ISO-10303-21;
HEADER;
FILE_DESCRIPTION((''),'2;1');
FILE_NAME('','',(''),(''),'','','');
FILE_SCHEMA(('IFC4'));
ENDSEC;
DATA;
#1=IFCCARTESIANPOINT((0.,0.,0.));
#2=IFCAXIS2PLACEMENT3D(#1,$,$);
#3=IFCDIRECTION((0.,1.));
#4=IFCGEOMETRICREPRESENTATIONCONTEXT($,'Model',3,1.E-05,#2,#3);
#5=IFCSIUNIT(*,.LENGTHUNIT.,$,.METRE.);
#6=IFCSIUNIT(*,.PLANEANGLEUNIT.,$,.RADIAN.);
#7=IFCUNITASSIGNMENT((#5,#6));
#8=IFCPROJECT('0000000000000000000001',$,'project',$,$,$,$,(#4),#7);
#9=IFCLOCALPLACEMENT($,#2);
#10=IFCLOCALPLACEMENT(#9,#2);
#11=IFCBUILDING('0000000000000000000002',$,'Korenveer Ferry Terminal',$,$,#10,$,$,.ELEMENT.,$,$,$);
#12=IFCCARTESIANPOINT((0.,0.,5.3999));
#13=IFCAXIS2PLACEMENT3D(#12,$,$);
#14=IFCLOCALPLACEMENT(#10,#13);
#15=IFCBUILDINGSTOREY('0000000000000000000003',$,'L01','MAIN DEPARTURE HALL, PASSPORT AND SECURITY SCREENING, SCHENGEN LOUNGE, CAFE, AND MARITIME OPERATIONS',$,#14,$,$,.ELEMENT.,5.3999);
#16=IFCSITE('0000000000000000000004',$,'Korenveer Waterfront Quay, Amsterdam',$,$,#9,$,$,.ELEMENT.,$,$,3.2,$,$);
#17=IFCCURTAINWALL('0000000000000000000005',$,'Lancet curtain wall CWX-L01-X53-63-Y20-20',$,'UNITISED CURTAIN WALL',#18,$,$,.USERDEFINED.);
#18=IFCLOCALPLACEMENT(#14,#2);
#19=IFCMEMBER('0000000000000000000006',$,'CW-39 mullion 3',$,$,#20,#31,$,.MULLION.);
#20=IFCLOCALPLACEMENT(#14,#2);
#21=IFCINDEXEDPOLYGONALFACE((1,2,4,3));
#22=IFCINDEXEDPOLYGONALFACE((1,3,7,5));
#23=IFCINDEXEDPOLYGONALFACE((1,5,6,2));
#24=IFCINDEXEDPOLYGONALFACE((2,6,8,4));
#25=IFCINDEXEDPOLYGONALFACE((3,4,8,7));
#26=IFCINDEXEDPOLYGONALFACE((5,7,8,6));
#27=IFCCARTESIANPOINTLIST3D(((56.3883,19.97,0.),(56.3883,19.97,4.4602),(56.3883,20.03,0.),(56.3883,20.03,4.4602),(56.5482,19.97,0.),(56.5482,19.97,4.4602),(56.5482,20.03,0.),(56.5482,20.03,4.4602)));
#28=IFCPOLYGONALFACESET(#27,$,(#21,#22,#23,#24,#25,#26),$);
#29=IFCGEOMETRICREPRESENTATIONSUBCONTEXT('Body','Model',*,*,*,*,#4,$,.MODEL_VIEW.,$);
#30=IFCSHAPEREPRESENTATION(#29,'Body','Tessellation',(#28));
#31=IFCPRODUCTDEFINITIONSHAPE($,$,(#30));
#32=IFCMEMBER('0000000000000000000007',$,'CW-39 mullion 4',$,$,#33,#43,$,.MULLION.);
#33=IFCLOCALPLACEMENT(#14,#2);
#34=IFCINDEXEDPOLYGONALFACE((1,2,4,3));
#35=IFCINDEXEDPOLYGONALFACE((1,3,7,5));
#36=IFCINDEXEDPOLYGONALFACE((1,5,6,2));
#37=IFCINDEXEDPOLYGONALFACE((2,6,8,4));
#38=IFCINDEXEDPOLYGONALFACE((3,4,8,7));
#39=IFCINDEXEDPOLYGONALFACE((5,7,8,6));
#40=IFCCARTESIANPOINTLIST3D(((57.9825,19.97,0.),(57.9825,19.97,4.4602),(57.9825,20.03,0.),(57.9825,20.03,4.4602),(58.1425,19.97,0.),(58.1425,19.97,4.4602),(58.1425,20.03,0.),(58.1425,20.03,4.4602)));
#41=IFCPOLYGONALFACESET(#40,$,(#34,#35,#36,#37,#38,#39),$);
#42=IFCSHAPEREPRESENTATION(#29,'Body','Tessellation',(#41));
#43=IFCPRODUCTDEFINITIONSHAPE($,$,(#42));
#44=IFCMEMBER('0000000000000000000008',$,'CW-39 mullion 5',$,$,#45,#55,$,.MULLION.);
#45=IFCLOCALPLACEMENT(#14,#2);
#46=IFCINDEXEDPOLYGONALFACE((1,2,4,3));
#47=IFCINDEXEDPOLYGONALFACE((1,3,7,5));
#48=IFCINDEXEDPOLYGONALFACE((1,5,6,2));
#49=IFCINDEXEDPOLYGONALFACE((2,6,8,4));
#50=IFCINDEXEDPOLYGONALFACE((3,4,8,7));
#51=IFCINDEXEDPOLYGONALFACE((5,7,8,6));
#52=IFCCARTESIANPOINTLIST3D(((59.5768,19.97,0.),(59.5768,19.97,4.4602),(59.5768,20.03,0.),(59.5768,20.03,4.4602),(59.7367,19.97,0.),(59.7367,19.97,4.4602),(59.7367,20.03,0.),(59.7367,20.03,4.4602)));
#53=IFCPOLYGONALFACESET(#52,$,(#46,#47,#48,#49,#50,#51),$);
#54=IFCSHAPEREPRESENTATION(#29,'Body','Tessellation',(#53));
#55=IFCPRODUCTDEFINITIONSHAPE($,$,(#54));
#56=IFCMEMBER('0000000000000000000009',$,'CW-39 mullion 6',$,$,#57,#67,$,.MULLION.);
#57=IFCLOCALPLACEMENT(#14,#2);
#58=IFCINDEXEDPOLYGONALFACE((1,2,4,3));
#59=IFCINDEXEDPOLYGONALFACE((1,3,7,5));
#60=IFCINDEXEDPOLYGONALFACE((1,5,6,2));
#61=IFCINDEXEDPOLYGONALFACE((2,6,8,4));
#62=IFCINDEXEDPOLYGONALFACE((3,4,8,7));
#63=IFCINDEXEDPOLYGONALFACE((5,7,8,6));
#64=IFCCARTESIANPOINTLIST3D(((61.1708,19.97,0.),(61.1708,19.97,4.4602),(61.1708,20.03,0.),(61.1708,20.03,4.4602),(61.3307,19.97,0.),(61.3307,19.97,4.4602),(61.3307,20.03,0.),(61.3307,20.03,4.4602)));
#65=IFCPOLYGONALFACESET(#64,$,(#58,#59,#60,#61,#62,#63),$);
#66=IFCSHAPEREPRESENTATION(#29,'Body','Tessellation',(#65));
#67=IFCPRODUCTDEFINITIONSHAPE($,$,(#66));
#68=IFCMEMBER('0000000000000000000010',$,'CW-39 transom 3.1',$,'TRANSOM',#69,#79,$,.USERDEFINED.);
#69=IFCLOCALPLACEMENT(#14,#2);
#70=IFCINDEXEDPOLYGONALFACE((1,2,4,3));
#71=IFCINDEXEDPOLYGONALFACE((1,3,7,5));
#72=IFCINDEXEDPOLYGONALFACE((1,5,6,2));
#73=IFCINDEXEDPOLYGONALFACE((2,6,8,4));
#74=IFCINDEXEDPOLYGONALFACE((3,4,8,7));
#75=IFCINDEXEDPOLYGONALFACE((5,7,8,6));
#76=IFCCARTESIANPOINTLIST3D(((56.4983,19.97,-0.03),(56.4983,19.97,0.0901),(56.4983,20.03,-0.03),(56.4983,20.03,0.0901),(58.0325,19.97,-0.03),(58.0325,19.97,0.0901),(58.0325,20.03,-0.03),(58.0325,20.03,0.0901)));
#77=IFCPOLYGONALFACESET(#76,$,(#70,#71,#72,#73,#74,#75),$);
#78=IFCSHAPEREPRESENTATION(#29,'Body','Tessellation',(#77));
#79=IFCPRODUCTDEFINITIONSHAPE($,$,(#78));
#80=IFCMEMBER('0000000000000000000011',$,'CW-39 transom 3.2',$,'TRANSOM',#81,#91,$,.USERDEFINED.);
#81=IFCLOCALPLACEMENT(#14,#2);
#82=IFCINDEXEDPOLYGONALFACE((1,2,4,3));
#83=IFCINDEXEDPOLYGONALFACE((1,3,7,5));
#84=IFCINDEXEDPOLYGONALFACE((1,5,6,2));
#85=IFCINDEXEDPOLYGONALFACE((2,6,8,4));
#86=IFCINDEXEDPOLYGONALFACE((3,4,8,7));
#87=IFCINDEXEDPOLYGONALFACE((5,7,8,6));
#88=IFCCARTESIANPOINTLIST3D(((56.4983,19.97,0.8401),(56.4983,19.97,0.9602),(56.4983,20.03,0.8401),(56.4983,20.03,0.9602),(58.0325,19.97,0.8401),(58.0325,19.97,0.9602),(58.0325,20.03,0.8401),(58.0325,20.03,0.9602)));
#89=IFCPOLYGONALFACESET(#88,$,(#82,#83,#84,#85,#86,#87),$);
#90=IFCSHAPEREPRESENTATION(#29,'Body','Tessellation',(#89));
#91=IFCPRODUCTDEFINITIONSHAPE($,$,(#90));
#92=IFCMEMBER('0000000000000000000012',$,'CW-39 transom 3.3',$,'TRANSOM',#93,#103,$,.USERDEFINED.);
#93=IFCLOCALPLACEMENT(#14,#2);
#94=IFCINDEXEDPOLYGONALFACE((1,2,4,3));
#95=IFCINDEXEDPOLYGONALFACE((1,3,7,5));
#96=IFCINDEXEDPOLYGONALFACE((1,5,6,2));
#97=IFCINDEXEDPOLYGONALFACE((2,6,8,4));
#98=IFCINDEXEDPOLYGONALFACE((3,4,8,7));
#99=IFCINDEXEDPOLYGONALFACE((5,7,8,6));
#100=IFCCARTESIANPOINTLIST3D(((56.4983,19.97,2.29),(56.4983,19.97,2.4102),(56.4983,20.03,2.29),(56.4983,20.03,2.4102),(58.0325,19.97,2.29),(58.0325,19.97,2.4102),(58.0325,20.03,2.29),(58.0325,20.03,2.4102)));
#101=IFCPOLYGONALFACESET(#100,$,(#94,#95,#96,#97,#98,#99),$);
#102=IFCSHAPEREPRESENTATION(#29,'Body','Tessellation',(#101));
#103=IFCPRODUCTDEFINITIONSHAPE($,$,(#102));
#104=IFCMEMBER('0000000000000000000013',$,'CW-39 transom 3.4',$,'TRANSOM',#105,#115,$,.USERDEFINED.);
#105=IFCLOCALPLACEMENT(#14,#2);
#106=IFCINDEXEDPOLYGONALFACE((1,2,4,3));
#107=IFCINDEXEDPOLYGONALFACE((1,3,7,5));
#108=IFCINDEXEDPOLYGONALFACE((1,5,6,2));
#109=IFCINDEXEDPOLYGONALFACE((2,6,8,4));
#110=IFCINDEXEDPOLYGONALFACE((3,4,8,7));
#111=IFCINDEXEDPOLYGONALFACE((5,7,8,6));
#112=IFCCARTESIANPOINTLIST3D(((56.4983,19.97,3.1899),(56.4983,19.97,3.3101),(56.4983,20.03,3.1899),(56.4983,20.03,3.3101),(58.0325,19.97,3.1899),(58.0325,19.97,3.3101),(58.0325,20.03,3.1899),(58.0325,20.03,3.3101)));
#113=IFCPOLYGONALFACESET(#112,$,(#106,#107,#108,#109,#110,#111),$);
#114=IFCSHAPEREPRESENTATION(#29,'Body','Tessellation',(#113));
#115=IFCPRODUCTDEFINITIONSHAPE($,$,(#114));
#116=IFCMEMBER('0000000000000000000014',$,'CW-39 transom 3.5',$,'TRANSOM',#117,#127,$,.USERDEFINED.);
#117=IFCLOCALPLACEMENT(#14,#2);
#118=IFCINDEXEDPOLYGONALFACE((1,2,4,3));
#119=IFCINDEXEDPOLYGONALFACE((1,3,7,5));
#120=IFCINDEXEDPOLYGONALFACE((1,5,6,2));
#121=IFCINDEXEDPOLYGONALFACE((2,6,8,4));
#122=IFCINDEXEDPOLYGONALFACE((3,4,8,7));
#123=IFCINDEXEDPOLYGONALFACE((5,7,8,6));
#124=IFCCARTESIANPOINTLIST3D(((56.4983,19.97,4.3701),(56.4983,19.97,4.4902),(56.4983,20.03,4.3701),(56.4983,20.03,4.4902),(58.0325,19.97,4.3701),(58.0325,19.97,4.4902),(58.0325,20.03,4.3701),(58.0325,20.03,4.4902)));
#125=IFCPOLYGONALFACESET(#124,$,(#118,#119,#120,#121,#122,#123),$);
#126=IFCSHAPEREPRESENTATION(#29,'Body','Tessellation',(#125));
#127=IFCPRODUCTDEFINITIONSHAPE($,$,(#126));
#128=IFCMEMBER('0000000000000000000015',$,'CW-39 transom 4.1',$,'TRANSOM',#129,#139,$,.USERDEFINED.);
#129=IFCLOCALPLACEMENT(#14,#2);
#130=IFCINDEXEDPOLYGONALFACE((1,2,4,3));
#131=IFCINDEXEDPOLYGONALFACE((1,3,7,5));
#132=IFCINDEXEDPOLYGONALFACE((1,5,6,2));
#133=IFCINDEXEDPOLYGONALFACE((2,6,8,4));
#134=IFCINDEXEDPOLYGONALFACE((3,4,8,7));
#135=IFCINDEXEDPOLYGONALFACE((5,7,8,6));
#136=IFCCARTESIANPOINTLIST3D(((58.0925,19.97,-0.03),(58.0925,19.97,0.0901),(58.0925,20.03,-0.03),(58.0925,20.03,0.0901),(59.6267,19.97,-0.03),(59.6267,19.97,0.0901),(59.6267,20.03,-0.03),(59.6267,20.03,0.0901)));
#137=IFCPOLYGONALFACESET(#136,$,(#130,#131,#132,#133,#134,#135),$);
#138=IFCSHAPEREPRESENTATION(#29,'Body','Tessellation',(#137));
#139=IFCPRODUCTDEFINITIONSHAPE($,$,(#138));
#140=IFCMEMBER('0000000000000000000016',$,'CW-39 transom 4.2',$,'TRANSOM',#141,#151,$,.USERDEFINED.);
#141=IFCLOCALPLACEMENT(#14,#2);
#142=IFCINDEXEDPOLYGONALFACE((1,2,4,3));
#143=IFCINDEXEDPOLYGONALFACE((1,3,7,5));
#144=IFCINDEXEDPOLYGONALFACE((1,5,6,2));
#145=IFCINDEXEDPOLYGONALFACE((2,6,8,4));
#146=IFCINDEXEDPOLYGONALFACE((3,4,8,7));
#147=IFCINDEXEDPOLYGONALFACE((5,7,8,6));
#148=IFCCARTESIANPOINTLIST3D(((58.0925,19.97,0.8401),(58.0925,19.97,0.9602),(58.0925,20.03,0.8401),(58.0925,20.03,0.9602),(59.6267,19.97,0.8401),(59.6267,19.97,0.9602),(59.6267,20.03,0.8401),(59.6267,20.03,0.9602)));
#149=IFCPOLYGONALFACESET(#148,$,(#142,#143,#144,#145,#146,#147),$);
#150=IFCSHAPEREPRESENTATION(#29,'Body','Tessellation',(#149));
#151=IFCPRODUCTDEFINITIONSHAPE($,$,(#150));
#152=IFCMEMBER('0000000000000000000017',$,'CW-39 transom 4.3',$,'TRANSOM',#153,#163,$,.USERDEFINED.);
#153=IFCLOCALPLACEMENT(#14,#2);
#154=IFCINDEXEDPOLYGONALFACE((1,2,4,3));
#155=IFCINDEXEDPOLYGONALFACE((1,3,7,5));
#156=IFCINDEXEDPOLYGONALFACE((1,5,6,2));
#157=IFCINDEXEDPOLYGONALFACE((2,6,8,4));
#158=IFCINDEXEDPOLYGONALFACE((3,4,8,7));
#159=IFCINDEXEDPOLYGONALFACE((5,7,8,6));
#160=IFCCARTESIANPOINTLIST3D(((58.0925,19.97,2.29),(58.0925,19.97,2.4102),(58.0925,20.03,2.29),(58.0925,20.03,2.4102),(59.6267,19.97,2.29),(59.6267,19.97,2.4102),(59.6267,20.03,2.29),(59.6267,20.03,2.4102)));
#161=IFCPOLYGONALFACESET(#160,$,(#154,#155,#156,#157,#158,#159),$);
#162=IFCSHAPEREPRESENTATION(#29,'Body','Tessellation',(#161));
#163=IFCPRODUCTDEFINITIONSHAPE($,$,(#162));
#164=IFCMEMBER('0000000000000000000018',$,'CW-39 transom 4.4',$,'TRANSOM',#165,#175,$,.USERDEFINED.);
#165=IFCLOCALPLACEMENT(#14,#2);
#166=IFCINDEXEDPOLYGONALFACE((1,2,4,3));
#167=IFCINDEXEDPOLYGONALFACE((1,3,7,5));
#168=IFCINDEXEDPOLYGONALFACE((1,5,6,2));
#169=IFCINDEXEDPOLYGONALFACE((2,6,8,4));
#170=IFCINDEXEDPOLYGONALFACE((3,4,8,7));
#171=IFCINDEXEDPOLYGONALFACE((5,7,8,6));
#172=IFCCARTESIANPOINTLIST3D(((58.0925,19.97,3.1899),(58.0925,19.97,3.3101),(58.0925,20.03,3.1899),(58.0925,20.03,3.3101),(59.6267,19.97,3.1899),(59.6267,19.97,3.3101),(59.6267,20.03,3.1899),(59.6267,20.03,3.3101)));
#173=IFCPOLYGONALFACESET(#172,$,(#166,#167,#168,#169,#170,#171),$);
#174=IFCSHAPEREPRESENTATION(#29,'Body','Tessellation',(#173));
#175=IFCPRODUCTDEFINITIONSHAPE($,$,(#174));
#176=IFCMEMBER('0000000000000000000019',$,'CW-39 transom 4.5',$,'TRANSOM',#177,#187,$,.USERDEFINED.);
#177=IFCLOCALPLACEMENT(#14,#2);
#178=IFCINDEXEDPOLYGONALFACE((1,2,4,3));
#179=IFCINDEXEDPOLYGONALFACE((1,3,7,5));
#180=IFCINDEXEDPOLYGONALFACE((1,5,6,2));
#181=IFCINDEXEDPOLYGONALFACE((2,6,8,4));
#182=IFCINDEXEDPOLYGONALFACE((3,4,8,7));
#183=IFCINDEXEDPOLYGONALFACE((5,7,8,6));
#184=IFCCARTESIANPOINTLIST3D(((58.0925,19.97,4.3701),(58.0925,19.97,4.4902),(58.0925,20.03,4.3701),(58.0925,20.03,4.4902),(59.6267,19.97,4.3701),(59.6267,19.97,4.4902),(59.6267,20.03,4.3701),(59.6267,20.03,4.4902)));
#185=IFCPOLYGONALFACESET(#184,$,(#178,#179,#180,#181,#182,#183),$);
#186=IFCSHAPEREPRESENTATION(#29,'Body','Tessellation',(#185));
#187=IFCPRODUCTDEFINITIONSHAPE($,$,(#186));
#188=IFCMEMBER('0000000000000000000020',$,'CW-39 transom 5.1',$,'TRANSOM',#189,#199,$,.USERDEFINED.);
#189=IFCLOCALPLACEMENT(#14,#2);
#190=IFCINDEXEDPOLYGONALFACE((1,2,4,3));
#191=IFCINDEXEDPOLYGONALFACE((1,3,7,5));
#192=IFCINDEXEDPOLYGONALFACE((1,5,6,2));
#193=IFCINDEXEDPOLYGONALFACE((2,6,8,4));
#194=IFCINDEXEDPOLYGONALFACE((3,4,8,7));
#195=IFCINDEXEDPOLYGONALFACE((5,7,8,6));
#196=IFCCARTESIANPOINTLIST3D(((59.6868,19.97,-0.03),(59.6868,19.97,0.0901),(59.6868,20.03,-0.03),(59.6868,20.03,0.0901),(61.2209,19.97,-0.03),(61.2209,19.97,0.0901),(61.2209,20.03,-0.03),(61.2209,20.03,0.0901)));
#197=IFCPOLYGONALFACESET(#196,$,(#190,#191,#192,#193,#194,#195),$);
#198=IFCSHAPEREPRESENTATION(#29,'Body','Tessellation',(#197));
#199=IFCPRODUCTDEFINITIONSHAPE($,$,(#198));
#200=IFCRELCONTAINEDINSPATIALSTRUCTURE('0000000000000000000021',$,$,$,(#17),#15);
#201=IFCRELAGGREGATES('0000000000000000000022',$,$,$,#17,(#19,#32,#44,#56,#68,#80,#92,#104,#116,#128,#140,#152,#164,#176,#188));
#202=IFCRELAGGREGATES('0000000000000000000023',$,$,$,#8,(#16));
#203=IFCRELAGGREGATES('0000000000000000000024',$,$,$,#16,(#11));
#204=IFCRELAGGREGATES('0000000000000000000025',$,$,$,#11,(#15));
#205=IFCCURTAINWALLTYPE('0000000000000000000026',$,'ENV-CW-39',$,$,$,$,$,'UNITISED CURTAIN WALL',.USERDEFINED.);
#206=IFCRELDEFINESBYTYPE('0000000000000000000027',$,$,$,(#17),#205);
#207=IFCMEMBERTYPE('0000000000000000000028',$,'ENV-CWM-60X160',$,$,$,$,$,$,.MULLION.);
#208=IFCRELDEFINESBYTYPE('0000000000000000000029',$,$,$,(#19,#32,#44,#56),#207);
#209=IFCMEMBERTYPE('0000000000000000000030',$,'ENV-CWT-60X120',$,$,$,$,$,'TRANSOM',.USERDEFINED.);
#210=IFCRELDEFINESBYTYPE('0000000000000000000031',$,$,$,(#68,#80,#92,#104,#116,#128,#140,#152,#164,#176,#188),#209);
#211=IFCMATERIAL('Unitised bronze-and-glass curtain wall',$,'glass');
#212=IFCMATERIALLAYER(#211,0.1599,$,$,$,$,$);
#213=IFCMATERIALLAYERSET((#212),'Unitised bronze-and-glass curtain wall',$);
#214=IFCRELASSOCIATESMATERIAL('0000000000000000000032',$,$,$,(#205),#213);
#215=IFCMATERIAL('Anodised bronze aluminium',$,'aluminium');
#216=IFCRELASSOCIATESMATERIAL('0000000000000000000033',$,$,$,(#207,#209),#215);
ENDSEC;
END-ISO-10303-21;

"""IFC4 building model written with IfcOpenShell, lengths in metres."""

from ifc_helpers import new_model, si_unit, direction, frame, origin, origin_2d, place, context, subcontext, project, spatial, rectangle, extrude, material, layer, layer_set, material_profile, profile_set, type_object, element, aggregate, save


model = new_model("IFC4")

# Units and contexts
model_context = context("Model", 3, precision=1e-05, world=origin(), true_north=direction((0.0, 1.0)))
body_context = subcontext(model_context, "Body", "Model", "MODEL_VIEW")
ifc_project = project(units=[si_unit("LENGTHUNIT", "METRE"), si_unit("PLANEANGLEUNIT", "RADIAN")], contexts=[model_context])

# Site, building, storey
site_placement = place(None, origin())
site = spatial("IfcSite", under=ifc_project, at=site_placement, Name="Korenveer Waterfront Quay, Amsterdam", CompositionType="ELEMENT", RefElevation=3.2)
building_placement = place(site_placement, origin())
building = spatial("IfcBuilding", under=site, at=building_placement, Name="Korenveer Ferry Terminal", CompositionType="ELEMENT")
storey_placement = place(building_placement, frame((0.0, 0.0, 5.3999)))
storey = spatial("IfcBuildingStorey", under=building, at=storey_placement, Name="L01", Description="MAIN DEPARTURE HALL, PASSPORT AND SECURITY SCREENING, SCHENGEN LOUNGE, CAFE, AND MARITIME OPERATIONS", CompositionType="ELEMENT", Elevation=5.3999)

# Curtain wall, members
ifc_material_1 = material(Name="Unitised bronze-and-glass curtain wall", Category="glass")
ifc_layer_1 = layer(ifc_material_1, 0.1599)
ifc_layer_set_1 = layer_set([ifc_layer_1], Name="Unitised bronze-and-glass curtain wall")
curtain_wall_type = type_object("IfcCurtainWallType", Name="ENV-CW-39", ElementType="UNITISED CURTAIN WALL", PredefinedType="USERDEFINED", material=ifc_layer_set_1)
curtain_wall_placement = place(storey_placement, frame((53.28, 20.0, 0.0)))
curtain_wall = element("IfcCurtainWall", 1, at=curtain_wall_placement, inside=storey, type_object=curtain_wall_type, Name="Lancet curtain wall CWX-L01-X53-63-Y20-20", ObjectType="UNITISED CURTAIN WALL", PredefinedType="USERDEFINED")
ifc_material_2 = material(Name="Anodised bronze aluminium", Category="aluminium")
ifc_material_profile_1 = material_profile(ifc_material_2, rectangle(XDim=0.0601, YDim=0.1599, at=origin_2d()), Name="ALU 60x160")
ifc_profile_set_1 = profile_set([ifc_material_profile_1], Name="Anodised bronze aluminium")
member_type_1 = type_object("IfcMemberType", Name="ENV-CWM-60X160", PredefinedType="MULLION", material=ifc_profile_set_1)
member_1_placement = place(storey_placement, frame((56.4683, 20.0, 0.0), z_axis=(0.0, 0.0, 1.0), x_axis=(0.0, 1.0, 0.0)))
member_1 = element("IfcMember", 2, at=member_1_placement, type_object=member_type_1, Name="CW-39 mullion 3", PredefinedType="MULLION", context=body_context, shape_type="SweptSolid", body=[
    extrude(rectangle(XDim=0.0601, YDim=0.1599, at=origin_2d()), origin(), (0.0, 0.0, 1.0), 4.4602),
])
member_2_placement = place(storey_placement, frame((58.0625, 20.0, 0.0), z_axis=(0.0, 0.0, 1.0), x_axis=(0.0, 1.0, 0.0)))
member_2 = element("IfcMember", 3, at=member_2_placement, type_object=member_type_1, Name="CW-39 mullion 4", PredefinedType="MULLION", context=body_context, shape_type="SweptSolid", body=[
    extrude(rectangle(XDim=0.0601, YDim=0.1599, at=origin_2d()), origin(), (0.0, 0.0, 1.0), 4.4602),
])
member_3_placement = place(storey_placement, frame((59.6567, 20.0, 0.0), z_axis=(0.0, 0.0, 1.0), x_axis=(0.0, 1.0, 0.0)))
member_3 = element("IfcMember", 4, at=member_3_placement, type_object=member_type_1, Name="CW-39 mullion 5", PredefinedType="MULLION", context=body_context, shape_type="SweptSolid", body=[
    extrude(rectangle(XDim=0.0601, YDim=0.1599, at=origin_2d()), origin(), (0.0, 0.0, 1.0), 4.4602),
])
member_4_placement = place(storey_placement, frame((61.2507, 20.0, 0.0), z_axis=(0.0, 0.0, 1.0), x_axis=(0.0, 1.0, 0.0)))
member_4 = element("IfcMember", 5, at=member_4_placement, type_object=member_type_1, Name="CW-39 mullion 6", PredefinedType="MULLION", context=body_context, shape_type="SweptSolid", body=[
    extrude(rectangle(XDim=0.0601, YDim=0.1599, at=origin_2d()), origin(), (0.0, 0.0, 1.0), 4.4602),
])
ifc_material_profile_2 = material_profile(ifc_material_2, rectangle(XDim=0.0601, YDim=0.1201, at=origin_2d()), Name="ALU 60x120")
ifc_profile_set_2 = profile_set([ifc_material_profile_2], Name="Anodised bronze aluminium")
member_type_2 = type_object("IfcMemberType", Name="ENV-CWT-60X120", ElementType="TRANSOM", PredefinedType="USERDEFINED", material=ifc_profile_set_2)
member_5_placement = place(storey_placement, frame((56.4983, 20.0, 0.03), z_axis=(1.0, 0.0, 0.0), x_axis=(0.0, 1.0, 0.0)))
member_5 = element("IfcMember", 6, at=member_5_placement, type_object=member_type_2, Name="CW-39 transom 3.1", ObjectType="TRANSOM", PredefinedType="USERDEFINED", context=body_context, shape_type="SweptSolid", body=[
    extrude(rectangle(XDim=0.0601, YDim=0.1201, at=origin_2d()), origin(), (0.0, 0.0, 1.0), 1.5342),
])
member_6_placement = place(storey_placement, frame((56.4983, 20.0, 0.9001), z_axis=(1.0, 0.0, 0.0), x_axis=(0.0, 1.0, 0.0)))
member_6 = element("IfcMember", 7, at=member_6_placement, type_object=member_type_2, Name="CW-39 transom 3.2", ObjectType="TRANSOM", PredefinedType="USERDEFINED", context=body_context, shape_type="SweptSolid", body=[
    extrude(rectangle(XDim=0.0601, YDim=0.1201, at=origin_2d()), origin(), (0.0, 0.0, 1.0), 1.5342),
])
member_7_placement = place(storey_placement, frame((56.4983, 20.0, 2.3501), z_axis=(1.0, 0.0, 0.0), x_axis=(0.0, 1.0, 0.0)))
member_7 = element("IfcMember", 8, at=member_7_placement, type_object=member_type_2, Name="CW-39 transom 3.3", ObjectType="TRANSOM", PredefinedType="USERDEFINED", context=body_context, shape_type="SweptSolid", body=[
    extrude(rectangle(XDim=0.0601, YDim=0.1201, at=origin_2d()), origin(), (0.0, 0.0, 1.0), 1.5342),
])
member_8_placement = place(storey_placement, frame((56.4983, 20.0, 3.25), z_axis=(1.0, 0.0, 0.0), x_axis=(0.0, 1.0, 0.0)))
member_8 = element("IfcMember", 9, at=member_8_placement, type_object=member_type_2, Name="CW-39 transom 3.4", ObjectType="TRANSOM", PredefinedType="USERDEFINED", context=body_context, shape_type="SweptSolid", body=[
    extrude(rectangle(XDim=0.0601, YDim=0.1201, at=origin_2d()), origin(), (0.0, 0.0, 1.0), 1.5342),
])
member_9_placement = place(storey_placement, frame((56.4983, 20.0, 4.4302), z_axis=(1.0, 0.0, 0.0), x_axis=(0.0, 1.0, 0.0)))
member_9 = element("IfcMember", 10, at=member_9_placement, type_object=member_type_2, Name="CW-39 transom 3.5", ObjectType="TRANSOM", PredefinedType="USERDEFINED", context=body_context, shape_type="SweptSolid", body=[
    extrude(rectangle(XDim=0.0601, YDim=0.1201, at=origin_2d()), origin(), (0.0, 0.0, 1.0), 1.5342),
])
member_10_placement = place(storey_placement, frame((58.0925, 20.0, 0.03), z_axis=(1.0, 0.0, 0.0), x_axis=(0.0, 1.0, 0.0)))
member_10 = element("IfcMember", 11, at=member_10_placement, type_object=member_type_2, Name="CW-39 transom 4.1", ObjectType="TRANSOM", PredefinedType="USERDEFINED", context=body_context, shape_type="SweptSolid", body=[
    extrude(rectangle(XDim=0.0601, YDim=0.1201, at=origin_2d()), origin(), (0.0, 0.0, 1.0), 1.5342),
])
member_11_placement = place(storey_placement, frame((58.0925, 20.0, 0.9001), z_axis=(1.0, 0.0, 0.0), x_axis=(0.0, 1.0, 0.0)))
member_11 = element("IfcMember", 12, at=member_11_placement, type_object=member_type_2, Name="CW-39 transom 4.2", ObjectType="TRANSOM", PredefinedType="USERDEFINED", context=body_context, shape_type="SweptSolid", body=[
    extrude(rectangle(XDim=0.0601, YDim=0.1201, at=origin_2d()), origin(), (0.0, 0.0, 1.0), 1.5342),
])
member_12_placement = place(storey_placement, frame((58.0925, 20.0, 2.3501), z_axis=(1.0, 0.0, 0.0), x_axis=(0.0, 1.0, 0.0)))
member_12 = element("IfcMember", 13, at=member_12_placement, type_object=member_type_2, Name="CW-39 transom 4.3", ObjectType="TRANSOM", PredefinedType="USERDEFINED", context=body_context, shape_type="SweptSolid", body=[
    extrude(rectangle(XDim=0.0601, YDim=0.1201, at=origin_2d()), origin(), (0.0, 0.0, 1.0), 1.5342),
])
member_13_placement = place(storey_placement, frame((58.0925, 20.0, 3.25), z_axis=(1.0, 0.0, 0.0), x_axis=(0.0, 1.0, 0.0)))
member_13 = element("IfcMember", 14, at=member_13_placement, type_object=member_type_2, Name="CW-39 transom 4.4", ObjectType="TRANSOM", PredefinedType="USERDEFINED", context=body_context, shape_type="SweptSolid", body=[
    extrude(rectangle(XDim=0.0601, YDim=0.1201, at=origin_2d()), origin(), (0.0, 0.0, 1.0), 1.5342),
])
member_14_placement = place(storey_placement, frame((58.0925, 20.0, 4.4302), z_axis=(1.0, 0.0, 0.0), x_axis=(0.0, 1.0, 0.0)))
member_14 = element("IfcMember", 15, at=member_14_placement, type_object=member_type_2, Name="CW-39 transom 4.5", ObjectType="TRANSOM", PredefinedType="USERDEFINED", context=body_context, shape_type="SweptSolid", body=[
    extrude(rectangle(XDim=0.0601, YDim=0.1201, at=origin_2d()), origin(), (0.0, 0.0, 1.0), 1.5342),
])
member_15_placement = place(storey_placement, frame((59.6868, 20.0, 0.03), z_axis=(1.0, 0.0, 0.0), x_axis=(0.0, 1.0, 0.0)))
member_15 = element("IfcMember", 16, at=member_15_placement, type_object=member_type_2, Name="CW-39 transom 5.1", ObjectType="TRANSOM", PredefinedType="USERDEFINED", context=body_context, shape_type="SweptSolid", body=[
    extrude(rectangle(XDim=0.0601, YDim=0.1201, at=origin_2d()), origin(), (0.0, 0.0, 1.0), 1.5342),
])
aggregate(curtain_wall, [member_1, member_2, member_3, member_4, member_5, member_6, member_7, member_8, member_9, member_10, member_11, member_12, member_13, member_14, member_15])

save(model, "model.ifc")
